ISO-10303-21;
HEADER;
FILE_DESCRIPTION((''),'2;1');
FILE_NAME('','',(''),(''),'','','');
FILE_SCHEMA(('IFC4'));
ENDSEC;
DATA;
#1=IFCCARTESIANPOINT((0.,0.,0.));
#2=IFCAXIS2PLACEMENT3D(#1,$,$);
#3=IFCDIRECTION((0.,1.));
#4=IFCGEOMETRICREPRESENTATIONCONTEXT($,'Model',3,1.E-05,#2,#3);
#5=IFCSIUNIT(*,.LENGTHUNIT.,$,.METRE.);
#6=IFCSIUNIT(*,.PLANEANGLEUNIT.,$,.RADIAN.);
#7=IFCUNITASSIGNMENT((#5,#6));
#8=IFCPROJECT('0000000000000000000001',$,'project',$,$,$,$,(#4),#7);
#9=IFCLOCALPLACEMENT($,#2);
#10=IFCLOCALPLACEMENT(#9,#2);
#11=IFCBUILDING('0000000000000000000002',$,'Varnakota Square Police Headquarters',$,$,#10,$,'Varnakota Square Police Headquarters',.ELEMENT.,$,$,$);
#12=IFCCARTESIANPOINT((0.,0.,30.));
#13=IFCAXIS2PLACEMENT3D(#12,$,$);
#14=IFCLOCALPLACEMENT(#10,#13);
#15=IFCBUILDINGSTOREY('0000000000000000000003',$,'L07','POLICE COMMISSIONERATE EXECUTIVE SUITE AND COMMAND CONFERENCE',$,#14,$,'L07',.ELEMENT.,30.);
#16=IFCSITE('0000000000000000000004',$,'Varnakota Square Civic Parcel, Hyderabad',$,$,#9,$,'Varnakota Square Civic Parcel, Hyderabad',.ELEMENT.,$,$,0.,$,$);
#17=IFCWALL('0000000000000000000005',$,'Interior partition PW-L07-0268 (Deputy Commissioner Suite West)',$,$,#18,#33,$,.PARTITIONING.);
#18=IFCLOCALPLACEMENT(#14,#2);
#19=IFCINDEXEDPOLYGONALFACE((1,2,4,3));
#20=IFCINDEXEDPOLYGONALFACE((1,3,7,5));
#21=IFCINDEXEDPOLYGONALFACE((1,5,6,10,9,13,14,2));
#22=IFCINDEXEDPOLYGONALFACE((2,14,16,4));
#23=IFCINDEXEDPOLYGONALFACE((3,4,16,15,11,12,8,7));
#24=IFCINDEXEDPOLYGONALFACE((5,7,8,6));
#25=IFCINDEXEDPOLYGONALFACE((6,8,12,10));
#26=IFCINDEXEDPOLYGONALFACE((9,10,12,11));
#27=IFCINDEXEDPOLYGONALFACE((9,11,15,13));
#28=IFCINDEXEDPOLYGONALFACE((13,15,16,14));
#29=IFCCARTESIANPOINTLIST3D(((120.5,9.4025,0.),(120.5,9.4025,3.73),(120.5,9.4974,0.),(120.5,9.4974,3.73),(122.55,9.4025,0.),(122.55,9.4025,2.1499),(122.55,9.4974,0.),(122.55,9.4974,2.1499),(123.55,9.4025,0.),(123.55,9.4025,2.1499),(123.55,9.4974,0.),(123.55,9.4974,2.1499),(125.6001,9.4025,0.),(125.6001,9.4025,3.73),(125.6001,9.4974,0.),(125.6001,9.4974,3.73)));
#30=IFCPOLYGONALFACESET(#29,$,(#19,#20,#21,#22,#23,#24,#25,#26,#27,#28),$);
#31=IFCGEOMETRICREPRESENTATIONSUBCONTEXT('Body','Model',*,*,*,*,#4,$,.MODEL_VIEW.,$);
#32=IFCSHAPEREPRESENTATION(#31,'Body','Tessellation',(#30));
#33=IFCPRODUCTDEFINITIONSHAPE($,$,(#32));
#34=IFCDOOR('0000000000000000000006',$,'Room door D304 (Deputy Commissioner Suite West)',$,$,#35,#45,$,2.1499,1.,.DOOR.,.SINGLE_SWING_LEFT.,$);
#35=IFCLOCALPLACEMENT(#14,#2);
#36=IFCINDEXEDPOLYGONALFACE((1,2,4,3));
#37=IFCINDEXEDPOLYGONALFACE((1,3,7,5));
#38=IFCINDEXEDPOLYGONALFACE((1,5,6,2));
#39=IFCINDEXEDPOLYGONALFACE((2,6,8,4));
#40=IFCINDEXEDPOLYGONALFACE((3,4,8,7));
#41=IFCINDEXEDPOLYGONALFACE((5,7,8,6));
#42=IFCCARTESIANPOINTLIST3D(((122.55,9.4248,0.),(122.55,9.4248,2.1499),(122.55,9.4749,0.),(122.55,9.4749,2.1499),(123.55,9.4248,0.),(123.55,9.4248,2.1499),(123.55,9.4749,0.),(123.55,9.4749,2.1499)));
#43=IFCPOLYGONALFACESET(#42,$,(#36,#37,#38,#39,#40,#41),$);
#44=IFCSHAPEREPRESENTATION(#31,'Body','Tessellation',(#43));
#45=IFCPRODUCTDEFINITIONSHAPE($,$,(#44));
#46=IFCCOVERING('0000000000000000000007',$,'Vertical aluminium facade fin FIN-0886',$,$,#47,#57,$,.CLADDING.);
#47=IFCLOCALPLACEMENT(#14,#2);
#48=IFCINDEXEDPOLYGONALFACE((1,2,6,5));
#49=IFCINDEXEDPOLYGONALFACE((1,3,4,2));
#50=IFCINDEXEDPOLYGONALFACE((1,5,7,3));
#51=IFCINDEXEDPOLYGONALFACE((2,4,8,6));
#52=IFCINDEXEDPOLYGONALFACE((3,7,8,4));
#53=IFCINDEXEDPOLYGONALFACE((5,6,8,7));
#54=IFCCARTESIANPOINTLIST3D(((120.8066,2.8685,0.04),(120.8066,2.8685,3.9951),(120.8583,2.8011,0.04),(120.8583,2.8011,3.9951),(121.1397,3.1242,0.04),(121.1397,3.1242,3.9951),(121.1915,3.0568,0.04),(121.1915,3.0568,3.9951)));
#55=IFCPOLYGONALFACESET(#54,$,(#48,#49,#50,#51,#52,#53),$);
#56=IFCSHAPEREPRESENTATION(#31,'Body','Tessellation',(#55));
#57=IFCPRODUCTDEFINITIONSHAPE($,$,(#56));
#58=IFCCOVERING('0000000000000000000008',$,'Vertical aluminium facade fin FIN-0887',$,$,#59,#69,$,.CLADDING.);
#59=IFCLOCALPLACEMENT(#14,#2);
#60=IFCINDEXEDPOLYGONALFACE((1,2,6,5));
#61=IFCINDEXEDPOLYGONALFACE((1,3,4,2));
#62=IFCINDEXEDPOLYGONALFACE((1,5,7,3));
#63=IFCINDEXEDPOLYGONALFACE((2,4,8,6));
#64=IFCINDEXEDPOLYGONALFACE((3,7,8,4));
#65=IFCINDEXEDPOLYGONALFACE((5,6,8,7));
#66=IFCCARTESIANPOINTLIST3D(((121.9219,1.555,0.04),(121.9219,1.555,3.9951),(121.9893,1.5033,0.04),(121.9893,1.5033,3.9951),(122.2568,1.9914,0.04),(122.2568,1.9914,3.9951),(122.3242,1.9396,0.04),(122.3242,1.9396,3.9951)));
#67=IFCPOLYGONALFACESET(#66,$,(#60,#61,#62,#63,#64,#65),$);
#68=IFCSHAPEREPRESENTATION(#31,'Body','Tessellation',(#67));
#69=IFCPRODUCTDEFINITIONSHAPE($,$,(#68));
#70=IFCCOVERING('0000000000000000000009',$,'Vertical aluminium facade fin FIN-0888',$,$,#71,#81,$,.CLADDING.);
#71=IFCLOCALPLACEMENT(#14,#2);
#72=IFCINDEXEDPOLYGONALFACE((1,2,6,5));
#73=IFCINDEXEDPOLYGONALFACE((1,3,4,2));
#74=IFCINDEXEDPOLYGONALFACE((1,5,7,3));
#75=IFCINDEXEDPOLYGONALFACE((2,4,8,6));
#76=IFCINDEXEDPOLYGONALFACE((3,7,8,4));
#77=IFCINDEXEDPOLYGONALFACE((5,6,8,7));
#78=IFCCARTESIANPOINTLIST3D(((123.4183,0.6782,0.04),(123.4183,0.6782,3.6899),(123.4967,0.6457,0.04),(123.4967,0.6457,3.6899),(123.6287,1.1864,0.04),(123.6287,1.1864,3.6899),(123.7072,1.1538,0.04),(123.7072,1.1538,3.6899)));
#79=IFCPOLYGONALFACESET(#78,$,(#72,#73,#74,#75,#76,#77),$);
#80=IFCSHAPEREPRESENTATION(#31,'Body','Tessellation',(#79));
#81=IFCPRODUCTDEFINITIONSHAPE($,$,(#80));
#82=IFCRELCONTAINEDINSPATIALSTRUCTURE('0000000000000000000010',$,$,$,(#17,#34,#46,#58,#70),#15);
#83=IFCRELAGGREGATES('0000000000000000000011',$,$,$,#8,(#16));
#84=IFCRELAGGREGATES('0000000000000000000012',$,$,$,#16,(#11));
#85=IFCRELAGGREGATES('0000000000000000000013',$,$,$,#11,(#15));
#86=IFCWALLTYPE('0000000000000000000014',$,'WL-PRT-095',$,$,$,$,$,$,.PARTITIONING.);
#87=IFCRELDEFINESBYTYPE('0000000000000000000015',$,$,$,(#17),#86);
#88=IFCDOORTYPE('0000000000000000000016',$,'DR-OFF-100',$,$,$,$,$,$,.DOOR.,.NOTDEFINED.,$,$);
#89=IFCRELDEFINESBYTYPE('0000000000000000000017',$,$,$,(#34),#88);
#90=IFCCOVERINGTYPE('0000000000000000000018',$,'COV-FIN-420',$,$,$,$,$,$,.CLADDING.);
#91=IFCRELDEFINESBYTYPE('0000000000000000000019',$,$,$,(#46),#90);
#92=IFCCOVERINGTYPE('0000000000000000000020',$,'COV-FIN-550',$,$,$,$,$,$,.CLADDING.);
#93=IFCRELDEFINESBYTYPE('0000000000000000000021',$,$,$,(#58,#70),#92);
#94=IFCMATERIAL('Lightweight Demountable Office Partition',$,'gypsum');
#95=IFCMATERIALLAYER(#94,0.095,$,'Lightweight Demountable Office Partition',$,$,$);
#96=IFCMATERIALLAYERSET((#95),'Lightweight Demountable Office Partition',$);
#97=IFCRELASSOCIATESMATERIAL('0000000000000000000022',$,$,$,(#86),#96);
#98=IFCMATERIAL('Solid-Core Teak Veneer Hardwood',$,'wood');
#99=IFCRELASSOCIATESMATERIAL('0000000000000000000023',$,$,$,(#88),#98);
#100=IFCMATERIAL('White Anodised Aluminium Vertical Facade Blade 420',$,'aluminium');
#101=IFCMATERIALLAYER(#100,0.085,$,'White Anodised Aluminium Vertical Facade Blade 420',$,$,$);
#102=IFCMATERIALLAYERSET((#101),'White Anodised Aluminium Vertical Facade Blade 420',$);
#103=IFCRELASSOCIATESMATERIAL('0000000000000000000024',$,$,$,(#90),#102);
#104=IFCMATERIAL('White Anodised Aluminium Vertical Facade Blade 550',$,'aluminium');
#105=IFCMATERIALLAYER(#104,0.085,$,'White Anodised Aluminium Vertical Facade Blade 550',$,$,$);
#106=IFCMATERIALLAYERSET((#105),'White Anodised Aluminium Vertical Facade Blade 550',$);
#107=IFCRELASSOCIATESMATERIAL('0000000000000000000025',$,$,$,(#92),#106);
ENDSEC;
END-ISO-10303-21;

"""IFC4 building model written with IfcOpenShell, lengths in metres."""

from ifc_helpers import new_model, si_unit, direction, frame, frame_2d, origin, origin_2d, place, context, subcontext, project, spatial, rectangle, extrude, material, layer, layer_set, type_object, element, fill, save


model = new_model("IFC4")

# Units and contexts
model_context = context("Model", 3, precision=1e-05, world=origin(), true_north=direction((0.0, 1.0)))
body_context = subcontext(model_context, "Body", "Model", "MODEL_VIEW")
ifc_project = project(units=[si_unit("LENGTHUNIT", "METRE"), si_unit("PLANEANGLEUNIT", "RADIAN")], contexts=[model_context])

# Site, building, storey
site_placement = place(None, origin())
site = spatial("IfcSite", under=ifc_project, at=site_placement, Name="Varnakota Square Civic Parcel, Hyderabad", LongName="Varnakota Square Civic Parcel, Hyderabad", CompositionType="ELEMENT", RefElevation=0.0)
building_placement = place(site_placement, origin())
building = spatial("IfcBuilding", under=site, at=building_placement, Name="Varnakota Square Police Headquarters", LongName="Varnakota Square Police Headquarters", CompositionType="ELEMENT")
storey_placement = place(building_placement, frame((0.0, 0.0, 30.0)))
storey = spatial("IfcBuildingStorey", under=building, at=storey_placement, Name="L07", Description="POLICE COMMISSIONERATE EXECUTIVE SUITE AND COMMAND CONFERENCE", LongName="L07", CompositionType="ELEMENT", Elevation=30.0)

# Wall, opening, door
ifc_material_1 = material(Name="Lightweight Demountable Office Partition", Category="gypsum")
ifc_layer_1 = layer(ifc_material_1, 0.095, Name="Lightweight Demountable Office Partition")
ifc_layer_set_1 = layer_set([ifc_layer_1], Name="Lightweight Demountable Office Partition")
wall_type_1 = type_object("IfcWallType", Name="WL-PRT-095", PredefinedType="PARTITIONING", material=ifc_layer_set_1)
wall_1_placement = place(storey_placement, frame((120.5, 9.45, 0.0), z_axis=(0.0, 0.0, 1.0), x_axis=(1.0, 0.0, 0.0)))
wall_1 = element("IfcWall", 1, at=wall_1_placement, inside=storey, type_object=wall_type_1, Name="Interior partition PW-L07-0268 (Deputy Commissioner Suite West)", PredefinedType="PARTITIONING", context=body_context, shape_type="SweptSolid", body=[
    extrude(rectangle(XDim=5.1001, YDim=0.095, at=frame_2d((2.55, 0.0))), origin(), (0.0, 0.0, 1.0), 3.73),
])
opening_placement = place(wall_1_placement, frame((2.05, 0.0, 0.0)))
opening = element("IfcOpeningElement", 2, at=opening_placement, cuts=wall_1, PredefinedType="OPENING", context=body_context, shape_type="SweptSolid", body=[
    extrude(rectangle(XDim=1.0, YDim=2.1499, at=frame_2d((0.5, 1.075))), frame((0.0, 0.0574, 0.0), z_axis=(0.0, -1.0, 0.0), x_axis=(1.0, 0.0, 0.0)), (0.0, 0.0, 1.0), 0.115),
])
ifc_material_2 = material(Name="Solid-Core Teak Veneer Hardwood", Category="wood")
door_type = type_object("IfcDoorType", Name="DR-OFF-100", OperationType="NOTDEFINED", PredefinedType="DOOR", material=ifc_material_2)
door_placement = place(opening_placement, origin())
door = element("IfcDoor", 3, at=door_placement, inside=storey, type_object=door_type, Name="Room door D304 (Deputy Commissioner Suite West)", OperationType="SINGLE_SWING_LEFT", OverallHeight=2.1499, OverallWidth=1.0, PredefinedType="DOOR", context=body_context, shape_type="SweptSolid", body=[
    extrude(rectangle(XDim=1.0, YDim=2.1499, at=frame_2d((0.5, 1.075))), frame((0.0, 0.0249, 0.0), z_axis=(0.0, -1.0, 0.0), x_axis=(1.0, 0.0, 0.0)), (0.0, 0.0, 1.0), 0.05),
])
fill(opening, door)

# Coverings
ifc_material_3 = material(Name="White Anodised Aluminium Vertical Facade Blade 420", Category="aluminium")
ifc_layer_2 = layer(ifc_material_3, 0.085, Name="White Anodised Aluminium Vertical Facade Blade 420")
ifc_layer_set_2 = layer_set([ifc_layer_2], Name="White Anodised Aluminium Vertical Facade Blade 420")
covering_type_1 = type_object("IfcCoveringType", Name="COV-FIN-420", PredefinedType="CLADDING", material=ifc_layer_set_2)
covering_1_placement = place(storey_placement, frame((120.999, 2.9626, 0.04), z_axis=(0.0, 0.0, 1.0), x_axis=(0.608761, -0.793353, 0.0)))
element("IfcCovering", 4, at=covering_1_placement, inside=storey, type_object=covering_type_1, Name="Vertical aluminium facade fin FIN-0886", PredefinedType="CLADDING", context=body_context, shape_type="SweptSolid", body=[
    extrude(rectangle(XDim=0.085, YDim=0.4199, at=origin_2d()), origin(), (0.0, 0.0, 1.0), 3.9551),
])
ifc_material_4 = material(Name="White Anodised Aluminium Vertical Facade Blade 550", Category="aluminium")
ifc_layer_3 = layer(ifc_material_4, 0.085, Name="White Anodised Aluminium Vertical Facade Blade 550")
ifc_layer_set_3 = layer_set([ifc_layer_3], Name="White Anodised Aluminium Vertical Facade Blade 550")
covering_type_2 = type_object("IfcCoveringType", Name="COV-FIN-550", PredefinedType="CLADDING", material=ifc_layer_set_3)
covering_2_placement = place(storey_placement, frame((122.123, 1.7473, 0.04), z_axis=(0.0, 0.0, 1.0), x_axis=(0.793353, -0.608761, 0.0)))
element("IfcCovering", 5, at=covering_2_placement, inside=storey, type_object=covering_type_2, Name="Vertical aluminium facade fin FIN-0887", PredefinedType="CLADDING", context=body_context, shape_type="SweptSolid", body=[
    extrude(rectangle(XDim=0.085, YDim=0.55, at=origin_2d()), origin(), (0.0, 0.0, 1.0), 3.9551),
])
covering_3_placement = place(storey_placement, frame((123.5627, 0.916, 0.04), z_axis=(0.0, 0.0, 1.0), x_axis=(0.92388, -0.382683, 0.0)))
element("IfcCovering", 6, at=covering_3_placement, inside=storey, type_object=covering_type_2, Name="Vertical aluminium facade fin FIN-0888", PredefinedType="CLADDING", context=body_context, shape_type="SweptSolid", body=[
    extrude(rectangle(XDim=0.085, YDim=0.55, at=origin_2d()), origin(), (0.0, 0.0, 1.0), 3.6499),
])

save(model, "model.ifc")
